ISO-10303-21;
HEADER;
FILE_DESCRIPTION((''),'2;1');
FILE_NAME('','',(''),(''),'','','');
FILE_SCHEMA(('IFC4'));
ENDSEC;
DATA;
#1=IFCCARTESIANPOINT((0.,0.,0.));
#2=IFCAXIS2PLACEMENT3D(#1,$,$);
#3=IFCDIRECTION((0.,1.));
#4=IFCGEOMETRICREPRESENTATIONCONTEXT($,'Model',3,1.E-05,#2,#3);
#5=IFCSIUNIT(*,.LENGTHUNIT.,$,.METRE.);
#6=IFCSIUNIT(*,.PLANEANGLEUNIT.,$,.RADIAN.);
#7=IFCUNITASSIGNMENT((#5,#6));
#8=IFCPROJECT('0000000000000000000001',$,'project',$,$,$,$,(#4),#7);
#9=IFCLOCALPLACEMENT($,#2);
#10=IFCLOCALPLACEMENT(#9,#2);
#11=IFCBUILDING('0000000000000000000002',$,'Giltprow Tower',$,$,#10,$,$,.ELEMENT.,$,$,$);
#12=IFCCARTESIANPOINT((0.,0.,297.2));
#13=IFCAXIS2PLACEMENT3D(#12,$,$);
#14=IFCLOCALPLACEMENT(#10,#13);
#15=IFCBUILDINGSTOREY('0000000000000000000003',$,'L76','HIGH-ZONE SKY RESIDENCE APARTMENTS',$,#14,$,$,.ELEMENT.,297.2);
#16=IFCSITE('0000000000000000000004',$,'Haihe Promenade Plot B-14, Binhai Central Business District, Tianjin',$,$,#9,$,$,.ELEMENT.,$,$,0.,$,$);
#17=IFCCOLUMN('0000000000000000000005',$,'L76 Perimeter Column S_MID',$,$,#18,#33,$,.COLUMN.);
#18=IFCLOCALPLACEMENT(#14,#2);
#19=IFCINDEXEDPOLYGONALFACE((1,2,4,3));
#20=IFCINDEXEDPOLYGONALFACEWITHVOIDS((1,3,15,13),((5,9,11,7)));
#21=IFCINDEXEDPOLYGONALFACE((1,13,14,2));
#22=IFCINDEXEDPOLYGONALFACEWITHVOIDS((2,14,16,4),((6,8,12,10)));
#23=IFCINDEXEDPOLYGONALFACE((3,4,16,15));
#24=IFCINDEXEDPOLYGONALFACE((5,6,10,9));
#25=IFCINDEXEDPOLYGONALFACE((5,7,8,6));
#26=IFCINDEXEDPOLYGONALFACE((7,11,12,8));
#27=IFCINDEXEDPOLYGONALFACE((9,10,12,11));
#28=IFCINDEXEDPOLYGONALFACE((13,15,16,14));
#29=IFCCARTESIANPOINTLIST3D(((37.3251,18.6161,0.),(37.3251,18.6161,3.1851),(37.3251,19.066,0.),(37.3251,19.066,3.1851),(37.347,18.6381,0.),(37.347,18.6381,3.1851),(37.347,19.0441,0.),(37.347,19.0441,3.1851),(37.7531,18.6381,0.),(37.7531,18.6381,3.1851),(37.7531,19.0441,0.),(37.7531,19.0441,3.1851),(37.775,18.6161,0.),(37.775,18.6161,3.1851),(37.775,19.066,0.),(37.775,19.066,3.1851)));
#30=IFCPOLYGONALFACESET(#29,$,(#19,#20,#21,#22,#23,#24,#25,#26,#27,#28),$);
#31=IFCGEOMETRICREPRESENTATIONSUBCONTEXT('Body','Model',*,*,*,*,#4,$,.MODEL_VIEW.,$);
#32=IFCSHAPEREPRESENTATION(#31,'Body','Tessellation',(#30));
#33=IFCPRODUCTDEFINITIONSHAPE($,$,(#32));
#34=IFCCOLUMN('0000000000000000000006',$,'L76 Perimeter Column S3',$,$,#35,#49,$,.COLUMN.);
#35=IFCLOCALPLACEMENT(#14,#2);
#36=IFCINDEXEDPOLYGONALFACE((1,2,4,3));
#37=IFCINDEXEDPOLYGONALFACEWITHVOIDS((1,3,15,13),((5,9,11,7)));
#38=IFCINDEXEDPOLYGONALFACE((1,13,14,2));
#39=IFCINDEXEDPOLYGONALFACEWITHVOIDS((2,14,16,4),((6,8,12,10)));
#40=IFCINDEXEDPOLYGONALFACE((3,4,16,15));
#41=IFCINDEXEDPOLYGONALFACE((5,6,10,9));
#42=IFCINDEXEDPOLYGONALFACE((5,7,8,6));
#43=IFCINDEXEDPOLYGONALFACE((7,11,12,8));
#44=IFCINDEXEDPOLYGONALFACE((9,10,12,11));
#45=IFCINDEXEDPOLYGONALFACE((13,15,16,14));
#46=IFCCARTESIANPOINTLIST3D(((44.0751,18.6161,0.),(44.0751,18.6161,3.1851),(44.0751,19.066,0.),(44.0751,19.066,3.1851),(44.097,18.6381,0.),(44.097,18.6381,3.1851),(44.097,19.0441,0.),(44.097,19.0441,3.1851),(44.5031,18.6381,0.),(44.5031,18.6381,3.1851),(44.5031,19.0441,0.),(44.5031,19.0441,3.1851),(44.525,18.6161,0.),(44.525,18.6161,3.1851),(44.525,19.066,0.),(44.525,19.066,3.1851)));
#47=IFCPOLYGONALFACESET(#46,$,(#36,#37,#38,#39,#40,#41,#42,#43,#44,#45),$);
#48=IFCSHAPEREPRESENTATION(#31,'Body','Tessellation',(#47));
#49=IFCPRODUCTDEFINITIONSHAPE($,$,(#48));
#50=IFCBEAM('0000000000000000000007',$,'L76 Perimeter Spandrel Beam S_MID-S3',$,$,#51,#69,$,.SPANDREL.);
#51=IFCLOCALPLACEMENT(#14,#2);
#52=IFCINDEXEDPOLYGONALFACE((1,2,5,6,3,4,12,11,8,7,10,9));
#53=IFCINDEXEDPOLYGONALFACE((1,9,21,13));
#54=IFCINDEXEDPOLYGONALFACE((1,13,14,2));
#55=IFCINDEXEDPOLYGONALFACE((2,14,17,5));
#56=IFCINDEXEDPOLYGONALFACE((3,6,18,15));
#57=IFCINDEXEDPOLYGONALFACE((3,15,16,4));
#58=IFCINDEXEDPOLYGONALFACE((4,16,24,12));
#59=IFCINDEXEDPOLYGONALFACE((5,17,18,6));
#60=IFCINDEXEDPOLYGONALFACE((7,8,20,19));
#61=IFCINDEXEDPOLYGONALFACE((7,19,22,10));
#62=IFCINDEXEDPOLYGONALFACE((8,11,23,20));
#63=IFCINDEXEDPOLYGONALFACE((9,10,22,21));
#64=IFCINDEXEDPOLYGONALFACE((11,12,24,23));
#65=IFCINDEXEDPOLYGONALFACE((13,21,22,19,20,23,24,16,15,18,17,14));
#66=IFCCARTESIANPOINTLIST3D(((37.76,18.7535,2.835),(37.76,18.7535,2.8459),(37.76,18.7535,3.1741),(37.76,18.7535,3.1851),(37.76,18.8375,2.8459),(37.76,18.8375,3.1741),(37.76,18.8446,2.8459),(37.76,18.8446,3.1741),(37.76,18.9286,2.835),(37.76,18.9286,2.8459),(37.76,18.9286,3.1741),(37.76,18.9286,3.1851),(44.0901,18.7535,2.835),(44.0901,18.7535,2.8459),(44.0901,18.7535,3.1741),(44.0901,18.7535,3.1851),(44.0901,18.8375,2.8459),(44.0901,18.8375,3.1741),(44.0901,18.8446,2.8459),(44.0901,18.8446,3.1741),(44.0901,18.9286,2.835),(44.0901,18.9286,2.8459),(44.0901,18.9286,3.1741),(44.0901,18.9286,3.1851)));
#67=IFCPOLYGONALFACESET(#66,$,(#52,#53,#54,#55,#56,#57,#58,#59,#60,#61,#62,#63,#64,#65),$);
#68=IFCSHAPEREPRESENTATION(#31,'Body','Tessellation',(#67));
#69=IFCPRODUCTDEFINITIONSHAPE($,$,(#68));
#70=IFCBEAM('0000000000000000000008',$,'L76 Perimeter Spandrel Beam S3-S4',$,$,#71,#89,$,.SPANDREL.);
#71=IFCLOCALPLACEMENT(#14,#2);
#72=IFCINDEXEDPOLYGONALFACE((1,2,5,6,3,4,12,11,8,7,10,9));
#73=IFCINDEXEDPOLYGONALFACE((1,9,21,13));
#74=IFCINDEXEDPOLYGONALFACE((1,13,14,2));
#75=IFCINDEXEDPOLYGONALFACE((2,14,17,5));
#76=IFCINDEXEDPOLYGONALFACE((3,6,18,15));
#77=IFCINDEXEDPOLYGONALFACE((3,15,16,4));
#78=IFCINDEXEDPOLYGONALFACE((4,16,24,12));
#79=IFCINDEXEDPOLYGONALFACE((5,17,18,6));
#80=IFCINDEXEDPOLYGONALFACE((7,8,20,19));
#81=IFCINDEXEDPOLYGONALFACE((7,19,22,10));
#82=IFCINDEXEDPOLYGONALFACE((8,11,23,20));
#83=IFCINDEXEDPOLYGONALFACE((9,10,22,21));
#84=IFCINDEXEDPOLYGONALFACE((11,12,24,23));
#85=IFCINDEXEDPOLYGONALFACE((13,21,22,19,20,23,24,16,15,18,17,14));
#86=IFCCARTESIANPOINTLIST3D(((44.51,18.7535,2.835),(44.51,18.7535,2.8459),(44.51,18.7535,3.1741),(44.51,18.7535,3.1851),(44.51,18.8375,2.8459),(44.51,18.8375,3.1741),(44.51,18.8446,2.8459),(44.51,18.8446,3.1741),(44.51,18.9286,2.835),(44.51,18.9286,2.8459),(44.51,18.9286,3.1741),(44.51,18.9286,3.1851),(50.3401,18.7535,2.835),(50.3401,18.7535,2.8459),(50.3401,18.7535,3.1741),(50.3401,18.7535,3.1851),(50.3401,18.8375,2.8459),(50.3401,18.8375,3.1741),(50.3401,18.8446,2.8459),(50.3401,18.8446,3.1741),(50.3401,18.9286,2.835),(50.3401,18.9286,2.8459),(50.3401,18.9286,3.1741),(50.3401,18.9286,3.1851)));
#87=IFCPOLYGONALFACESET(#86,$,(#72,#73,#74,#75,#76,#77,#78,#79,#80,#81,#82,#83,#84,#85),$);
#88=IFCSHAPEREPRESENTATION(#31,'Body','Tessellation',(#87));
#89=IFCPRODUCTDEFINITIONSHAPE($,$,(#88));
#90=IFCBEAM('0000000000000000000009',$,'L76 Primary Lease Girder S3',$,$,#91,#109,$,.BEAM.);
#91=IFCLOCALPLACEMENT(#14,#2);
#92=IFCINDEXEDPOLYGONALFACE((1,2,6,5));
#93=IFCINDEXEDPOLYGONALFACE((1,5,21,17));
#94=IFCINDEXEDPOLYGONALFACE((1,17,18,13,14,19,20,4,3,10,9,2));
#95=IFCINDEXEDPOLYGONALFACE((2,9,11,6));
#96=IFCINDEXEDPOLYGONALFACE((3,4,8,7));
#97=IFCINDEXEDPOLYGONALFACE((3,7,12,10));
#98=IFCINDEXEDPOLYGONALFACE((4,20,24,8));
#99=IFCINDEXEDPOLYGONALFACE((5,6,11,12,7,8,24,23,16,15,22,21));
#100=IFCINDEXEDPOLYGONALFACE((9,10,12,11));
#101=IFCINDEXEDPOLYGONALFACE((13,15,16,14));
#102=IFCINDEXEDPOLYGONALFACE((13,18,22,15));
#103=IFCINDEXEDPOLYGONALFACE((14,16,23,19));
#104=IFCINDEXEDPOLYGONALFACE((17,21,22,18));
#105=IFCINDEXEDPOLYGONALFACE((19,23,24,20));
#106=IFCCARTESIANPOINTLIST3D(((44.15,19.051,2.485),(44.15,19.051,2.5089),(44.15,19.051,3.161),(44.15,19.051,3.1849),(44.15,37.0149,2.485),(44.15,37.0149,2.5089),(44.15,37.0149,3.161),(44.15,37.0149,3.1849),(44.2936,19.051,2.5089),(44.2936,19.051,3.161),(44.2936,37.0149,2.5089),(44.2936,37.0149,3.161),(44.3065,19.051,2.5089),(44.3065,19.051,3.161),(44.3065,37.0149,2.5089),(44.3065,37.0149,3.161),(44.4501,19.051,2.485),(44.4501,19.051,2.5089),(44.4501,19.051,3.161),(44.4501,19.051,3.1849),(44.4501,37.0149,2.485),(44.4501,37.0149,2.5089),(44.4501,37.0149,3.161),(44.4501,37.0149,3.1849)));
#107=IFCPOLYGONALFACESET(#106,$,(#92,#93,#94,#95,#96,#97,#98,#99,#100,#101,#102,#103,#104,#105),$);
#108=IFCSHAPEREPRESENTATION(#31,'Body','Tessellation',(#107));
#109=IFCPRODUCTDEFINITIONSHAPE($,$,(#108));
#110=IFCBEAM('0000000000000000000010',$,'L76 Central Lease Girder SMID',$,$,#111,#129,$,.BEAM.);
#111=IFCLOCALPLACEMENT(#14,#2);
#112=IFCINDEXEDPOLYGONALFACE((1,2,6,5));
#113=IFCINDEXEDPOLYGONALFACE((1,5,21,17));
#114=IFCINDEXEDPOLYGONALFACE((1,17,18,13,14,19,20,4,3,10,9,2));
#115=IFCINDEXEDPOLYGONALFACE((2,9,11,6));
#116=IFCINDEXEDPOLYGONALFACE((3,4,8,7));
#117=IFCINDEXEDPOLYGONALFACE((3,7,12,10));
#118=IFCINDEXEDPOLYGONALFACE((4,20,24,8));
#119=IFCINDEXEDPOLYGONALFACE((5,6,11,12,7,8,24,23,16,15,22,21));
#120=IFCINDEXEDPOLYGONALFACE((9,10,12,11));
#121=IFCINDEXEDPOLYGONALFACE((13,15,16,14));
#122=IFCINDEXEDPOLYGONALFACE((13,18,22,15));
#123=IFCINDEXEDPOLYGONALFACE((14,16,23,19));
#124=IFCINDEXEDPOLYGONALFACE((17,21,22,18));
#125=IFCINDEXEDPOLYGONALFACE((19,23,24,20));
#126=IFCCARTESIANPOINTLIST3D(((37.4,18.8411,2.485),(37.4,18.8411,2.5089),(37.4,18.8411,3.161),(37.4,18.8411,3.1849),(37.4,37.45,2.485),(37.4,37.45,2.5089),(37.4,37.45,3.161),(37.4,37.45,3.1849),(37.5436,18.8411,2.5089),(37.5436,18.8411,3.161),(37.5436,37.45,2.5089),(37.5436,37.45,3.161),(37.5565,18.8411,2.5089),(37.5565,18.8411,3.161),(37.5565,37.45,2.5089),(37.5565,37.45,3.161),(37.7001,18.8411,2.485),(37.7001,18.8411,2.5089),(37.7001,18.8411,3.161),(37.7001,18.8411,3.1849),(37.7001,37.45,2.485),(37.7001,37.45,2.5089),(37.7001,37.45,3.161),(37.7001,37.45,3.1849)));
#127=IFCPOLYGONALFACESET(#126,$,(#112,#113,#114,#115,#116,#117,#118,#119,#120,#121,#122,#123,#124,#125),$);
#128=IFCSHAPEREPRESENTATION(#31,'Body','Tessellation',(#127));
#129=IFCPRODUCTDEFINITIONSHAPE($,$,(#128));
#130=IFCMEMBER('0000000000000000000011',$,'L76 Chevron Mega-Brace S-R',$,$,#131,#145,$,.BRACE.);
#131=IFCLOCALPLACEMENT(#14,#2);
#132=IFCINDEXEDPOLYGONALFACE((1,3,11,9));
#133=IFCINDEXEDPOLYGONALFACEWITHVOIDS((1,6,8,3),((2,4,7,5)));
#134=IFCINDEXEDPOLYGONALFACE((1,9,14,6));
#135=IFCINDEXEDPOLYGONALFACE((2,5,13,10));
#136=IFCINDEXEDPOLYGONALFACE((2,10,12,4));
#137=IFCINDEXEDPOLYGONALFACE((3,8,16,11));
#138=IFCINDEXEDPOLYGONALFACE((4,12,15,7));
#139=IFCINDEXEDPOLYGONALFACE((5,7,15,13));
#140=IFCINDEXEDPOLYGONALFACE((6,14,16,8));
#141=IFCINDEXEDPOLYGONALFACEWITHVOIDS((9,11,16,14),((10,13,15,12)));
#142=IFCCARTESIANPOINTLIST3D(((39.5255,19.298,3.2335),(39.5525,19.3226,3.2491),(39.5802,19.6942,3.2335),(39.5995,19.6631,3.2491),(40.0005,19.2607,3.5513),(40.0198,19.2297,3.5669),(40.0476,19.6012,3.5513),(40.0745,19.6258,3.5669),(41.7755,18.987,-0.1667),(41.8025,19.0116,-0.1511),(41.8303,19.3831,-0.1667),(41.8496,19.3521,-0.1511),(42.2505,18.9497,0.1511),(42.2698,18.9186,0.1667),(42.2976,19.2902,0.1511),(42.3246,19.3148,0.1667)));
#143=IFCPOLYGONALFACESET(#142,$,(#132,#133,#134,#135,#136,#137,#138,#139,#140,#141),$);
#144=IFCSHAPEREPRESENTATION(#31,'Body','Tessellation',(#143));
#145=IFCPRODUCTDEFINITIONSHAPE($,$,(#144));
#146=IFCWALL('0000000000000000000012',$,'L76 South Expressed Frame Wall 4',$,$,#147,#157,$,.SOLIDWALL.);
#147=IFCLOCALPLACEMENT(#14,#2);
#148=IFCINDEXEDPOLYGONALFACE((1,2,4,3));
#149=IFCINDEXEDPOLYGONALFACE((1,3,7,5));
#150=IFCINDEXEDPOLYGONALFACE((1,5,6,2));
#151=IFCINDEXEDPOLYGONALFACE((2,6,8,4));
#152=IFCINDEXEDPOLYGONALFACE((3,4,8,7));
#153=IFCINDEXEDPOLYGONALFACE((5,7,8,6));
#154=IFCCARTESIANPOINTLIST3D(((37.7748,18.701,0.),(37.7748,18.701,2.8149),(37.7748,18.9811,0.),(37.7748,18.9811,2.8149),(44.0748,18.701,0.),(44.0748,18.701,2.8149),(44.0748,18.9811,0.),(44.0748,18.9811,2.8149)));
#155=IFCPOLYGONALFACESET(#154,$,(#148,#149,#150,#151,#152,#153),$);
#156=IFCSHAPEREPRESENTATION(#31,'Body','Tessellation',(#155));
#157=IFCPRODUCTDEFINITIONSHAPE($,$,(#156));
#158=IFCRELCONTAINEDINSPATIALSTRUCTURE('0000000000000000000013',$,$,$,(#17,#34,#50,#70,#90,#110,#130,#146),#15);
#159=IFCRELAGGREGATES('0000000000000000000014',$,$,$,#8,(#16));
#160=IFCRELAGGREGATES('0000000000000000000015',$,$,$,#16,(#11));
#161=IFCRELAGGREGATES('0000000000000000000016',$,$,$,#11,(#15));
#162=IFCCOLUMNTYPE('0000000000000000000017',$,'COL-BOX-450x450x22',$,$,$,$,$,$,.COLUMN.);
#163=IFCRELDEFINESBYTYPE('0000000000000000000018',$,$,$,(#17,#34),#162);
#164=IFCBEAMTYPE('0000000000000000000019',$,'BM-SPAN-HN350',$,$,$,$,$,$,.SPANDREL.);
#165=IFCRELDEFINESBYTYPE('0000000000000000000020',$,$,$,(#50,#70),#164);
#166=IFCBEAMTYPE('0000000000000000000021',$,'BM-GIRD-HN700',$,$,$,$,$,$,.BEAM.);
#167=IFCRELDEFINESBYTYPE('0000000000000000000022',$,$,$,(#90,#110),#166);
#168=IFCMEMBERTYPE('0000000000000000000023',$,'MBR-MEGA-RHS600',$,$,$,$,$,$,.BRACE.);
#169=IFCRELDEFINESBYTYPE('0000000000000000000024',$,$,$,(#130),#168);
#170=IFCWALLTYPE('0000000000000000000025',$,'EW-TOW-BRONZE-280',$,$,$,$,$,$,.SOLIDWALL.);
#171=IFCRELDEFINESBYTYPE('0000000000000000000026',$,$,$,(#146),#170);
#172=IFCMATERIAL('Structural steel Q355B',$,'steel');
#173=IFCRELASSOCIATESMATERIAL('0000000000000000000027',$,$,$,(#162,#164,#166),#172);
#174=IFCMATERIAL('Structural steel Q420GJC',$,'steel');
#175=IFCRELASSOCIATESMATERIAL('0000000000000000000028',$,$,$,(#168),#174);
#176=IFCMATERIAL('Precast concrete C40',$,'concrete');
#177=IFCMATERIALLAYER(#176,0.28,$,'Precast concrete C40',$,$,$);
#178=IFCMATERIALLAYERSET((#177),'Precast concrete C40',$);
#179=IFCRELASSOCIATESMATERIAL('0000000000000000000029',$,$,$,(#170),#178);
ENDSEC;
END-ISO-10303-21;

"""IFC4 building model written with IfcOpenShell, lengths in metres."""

from ifc_helpers import new_model, si_unit, direction, frame, frame_2d, origin, origin_2d, place, context, subcontext, project, spatial, rectangle, hollow_rectangle, i_section, extrude, source, transform, mapped, material, layer, layer_set, material_profile, profile_set, type_object, element, save


model = new_model("IFC4")

# Units and contexts
model_context = context("Model", 3, precision=1e-05, world=origin(), true_north=direction((0.0, 1.0)))
body_context = subcontext(model_context, "Body", "Model", "MODEL_VIEW")
ifc_project = project(units=[si_unit("LENGTHUNIT", "METRE"), si_unit("PLANEANGLEUNIT", "RADIAN")], contexts=[model_context])

# Site, building, storey
site_placement = place(None, origin())
site = spatial("IfcSite", under=ifc_project, at=site_placement, Name="Haihe Promenade Plot B-14, Binhai Central Business District, Tianjin", CompositionType="ELEMENT", RefElevation=0.0)
building_placement = place(site_placement, origin())
building = spatial("IfcBuilding", under=site, at=building_placement, Name="Giltprow Tower", CompositionType="ELEMENT")
storey_placement = place(building_placement, frame((0.0, 0.0, 297.2)))
storey = spatial("IfcBuildingStorey", under=building, at=storey_placement, Name="L76", Description="HIGH-ZONE SKY RESIDENCE APARTMENTS", CompositionType="ELEMENT", Elevation=297.2)

# Columns
ifc_material_1 = material(Name="Structural steel Q355B", Category="steel")
ifc_material_profile_1 = material_profile(ifc_material_1, hollow_rectangle(XDim=0.45, YDim=0.45, WallThickness=0.022, at=origin_2d()), Name="BOX 450x450x22")
ifc_profile_set_1 = profile_set([ifc_material_profile_1], Name="Structural steel Q355B")
column_type = type_object("IfcColumnType", Name="COL-BOX-450x450x22", PredefinedType="COLUMN", material=ifc_profile_set_1)
shared_shape_1 = source(origin(), body_context, "Body", "SweptSolid", [
    extrude(hollow_rectangle(XDim=0.45, YDim=0.45, WallThickness=0.022, at=origin_2d()), origin(), (0.0, 0.0, 1.0), 3.1851),
])
for number, where, z_axis, x_axis, name in (
    (1, (37.55, 18.8411, 0.0), (0.0, 0.0, 1.0), (1.0, 0.0, 0.0), "L76 Perimeter Column S_MID"),
    (2, (44.3, 18.8411, 0.0), (0.0, 0.0, 1.0), (1.0, 0.0, 0.0), "L76 Perimeter Column S3"),
):
    element("IfcColumn", number, at=place(storey_placement, frame(where, z_axis=z_axis, x_axis=x_axis)), inside=storey, type_object=column_type, Name=name, PredefinedType="COLUMN", context=body_context, shape_type="MappedRepresentation", body=[
        mapped(shared_shape_1, transform((0.0, 0.0, 0.0), x_axis=(1.0, 0.0, 0.0), y_axis=(0.0, 1.0, 0.0), z_axis=(0.0, 0.0, 1.0), scale=1.0)),
    ])

# Beams
ifc_material_profile_2 = material_profile(ifc_material_1, i_section(OverallWidth=0.175, OverallDepth=0.3501, WebThickness=0.0071, FlangeThickness=0.011, at=origin_2d()), Name="HN 350x175x7x11")
ifc_profile_set_2 = profile_set([ifc_material_profile_2], Name="Structural steel Q355B")
beam_type_1 = type_object("IfcBeamType", Name="BM-SPAN-HN350", PredefinedType="SPANDREL", material=ifc_profile_set_2)
shared_shape_2 = source(origin(), body_context, "Body", "SweptSolid", [
    extrude(i_section(OverallWidth=0.175, OverallDepth=0.3501, WebThickness=0.0071, FlangeThickness=0.011, at=origin_2d()), origin(), (0.0, 0.0, 1.0), 6.3301),
])
beam_1_placement = place(storey_placement, frame((37.76, 18.8411, 3.01), z_axis=(1.0, 0.0, 0.0), x_axis=(0.0, 1.0, 0.0)))
element("IfcBeam", 3, at=beam_1_placement, inside=storey, type_object=beam_type_1, Name="L76 Perimeter Spandrel Beam S_MID-S3", PredefinedType="SPANDREL", context=body_context, shape_type="MappedRepresentation", body=[
    mapped(shared_shape_2, transform((0.0, 0.0, 0.0), x_axis=(1.0, 0.0, 0.0), y_axis=(0.0, 1.0, 0.0), z_axis=(0.0, 0.0, 1.0), scale=1.0)),
])
shared_shape_3 = source(origin(), body_context, "Body", "SweptSolid", [
    extrude(i_section(OverallWidth=0.175, OverallDepth=0.3501, WebThickness=0.0071, FlangeThickness=0.011, at=origin_2d()), origin(), (0.0, 0.0, 1.0), 5.8301),
])
beam_2_placement = place(storey_placement, frame((44.51, 18.8411, 3.01), z_axis=(1.0, 0.0, 0.0), x_axis=(0.0, 1.0, 0.0)))
element("IfcBeam", 4, at=beam_2_placement, inside=storey, type_object=beam_type_1, Name="L76 Perimeter Spandrel Beam S3-S4", PredefinedType="SPANDREL", context=body_context, shape_type="MappedRepresentation", body=[
    mapped(shared_shape_3, transform((0.0, 0.0, 0.0), x_axis=(1.0, 0.0, 0.0), y_axis=(0.0, 1.0, 0.0), z_axis=(0.0, 0.0, 1.0), scale=1.0)),
])
ifc_material_profile_3 = material_profile(ifc_material_1, i_section(OverallWidth=0.3, OverallDepth=0.7, WebThickness=0.0129, FlangeThickness=0.0239, at=origin_2d()), Name="HN 700x300x13x24")
ifc_profile_set_3 = profile_set([ifc_material_profile_3], Name="Structural steel Q355B")
beam_type_2 = type_object("IfcBeamType", Name="BM-GIRD-HN700", PredefinedType="BEAM", material=ifc_profile_set_3)
shared_shape_4 = source(origin(), body_context, "Body", "SweptSolid", [
    extrude(i_section(OverallWidth=0.3, OverallDepth=0.7, WebThickness=0.0129, FlangeThickness=0.0239, at=origin_2d()), origin(), (0.0, 0.0, 1.0), 17.9639),
])
beam_3_placement = place(storey_placement, frame((44.3, 19.051, 2.835), z_axis=(0.0, 1.0, 0.0), x_axis=(-1.0, 0.0, 0.0)))
element("IfcBeam", 5, at=beam_3_placement, inside=storey, type_object=beam_type_2, Name="L76 Primary Lease Girder S3", PredefinedType="BEAM", context=body_context, shape_type="MappedRepresentation", body=[
    mapped(shared_shape_4, transform((0.0, 0.0, 0.0), x_axis=(1.0, 0.0, 0.0), y_axis=(0.0, 1.0, 0.0), z_axis=(0.0, 0.0, 1.0), scale=1.0)),
])
shared_shape_5 = source(origin(), body_context, "Body", "SweptSolid", [
    extrude(i_section(OverallWidth=0.3, OverallDepth=0.7, WebThickness=0.0129, FlangeThickness=0.0239, at=origin_2d()), origin(), (0.0, 0.0, 1.0), 18.6089),
])
beam_4_placement = place(storey_placement, frame((37.55, 18.8411, 2.835), z_axis=(0.0, 1.0, 0.0), x_axis=(-1.0, 0.0, 0.0)))
element("IfcBeam", 6, at=beam_4_placement, inside=storey, type_object=beam_type_2, Name="L76 Central Lease Girder SMID", PredefinedType="BEAM", context=body_context, shape_type="MappedRepresentation", body=[
    mapped(shared_shape_5, transform((0.0, 0.0, 0.0), x_axis=(1.0, 0.0, 0.0), y_axis=(0.0, 1.0, 0.0), z_axis=(0.0, 0.0, 1.0), scale=1.0)),
])

# Member
ifc_material_2 = material(Name="Structural steel Q420GJC", Category="steel")
ifc_material_profile_4 = material_profile(ifc_material_2, hollow_rectangle(XDim=0.3999, YDim=0.6001, WallThickness=0.0281, at=origin_2d()), Name="RHS 600x400x28")
ifc_profile_set_4 = profile_set([ifc_material_profile_4], Name="Structural steel Q420GJC")
member_type = type_object("IfcMemberType", Name="MBR-MEGA-RHS600", PredefinedType="BRACE", material=ifc_profile_set_4)
shared_shape_6 = source(origin(), body_context, "Body", "SweptSolid", [
    extrude(hollow_rectangle(XDim=0.3999, YDim=0.6001, WallThickness=0.0281, at=origin_2d()), origin(), (0.0, 0.0, 1.0), 4.0891),
])
member_placement = place(storey_placement, frame((42.05, 19.1509, 0.0), z_axis=(-0.550252, 0.076066, 0.831527), x_axis=(-0.136936, -0.99058, 0.0)))
element("IfcMember", 7, at=member_placement, inside=storey, type_object=member_type, Name="L76 Chevron Mega-Brace S-R", PredefinedType="BRACE", context=body_context, shape_type="MappedRepresentation", body=[
    mapped(shared_shape_6, transform((0.0, 0.0, 0.0), x_axis=(1.0, 0.0, 0.0), y_axis=(0.0, 1.0, 0.0), z_axis=(0.0, 0.0, 1.0), scale=1.0)),
])

# Wall
ifc_material_3 = material(Name="Precast concrete C40", Category="concrete")
ifc_layer_1 = layer(ifc_material_3, 0.28, Name="Precast concrete C40")
ifc_layer_set_1 = layer_set([ifc_layer_1], Name="Precast concrete C40")
wall_type_1 = type_object("IfcWallType", Name="EW-TOW-BRONZE-280", PredefinedType="SOLIDWALL", material=ifc_layer_set_1)
wall_1_placement = place(storey_placement, frame((37.7749, 18.8411, 0.0), z_axis=(0.0, 0.0, 1.0), x_axis=(1.0, 0.0, 0.0)))
element("IfcWall", 8, at=wall_1_placement, inside=storey, type_object=wall_type_1, Name="L76 South Expressed Frame Wall 4", PredefinedType="SOLIDWALL", context=body_context, shape_type="SweptSolid", body=[
    extrude(rectangle(XDim=6.3, YDim=0.28, at=frame_2d((3.1499, 0.0))), origin(), (0.0, 0.0, 1.0), 2.8149),
])

save(model, "model.ifc")
